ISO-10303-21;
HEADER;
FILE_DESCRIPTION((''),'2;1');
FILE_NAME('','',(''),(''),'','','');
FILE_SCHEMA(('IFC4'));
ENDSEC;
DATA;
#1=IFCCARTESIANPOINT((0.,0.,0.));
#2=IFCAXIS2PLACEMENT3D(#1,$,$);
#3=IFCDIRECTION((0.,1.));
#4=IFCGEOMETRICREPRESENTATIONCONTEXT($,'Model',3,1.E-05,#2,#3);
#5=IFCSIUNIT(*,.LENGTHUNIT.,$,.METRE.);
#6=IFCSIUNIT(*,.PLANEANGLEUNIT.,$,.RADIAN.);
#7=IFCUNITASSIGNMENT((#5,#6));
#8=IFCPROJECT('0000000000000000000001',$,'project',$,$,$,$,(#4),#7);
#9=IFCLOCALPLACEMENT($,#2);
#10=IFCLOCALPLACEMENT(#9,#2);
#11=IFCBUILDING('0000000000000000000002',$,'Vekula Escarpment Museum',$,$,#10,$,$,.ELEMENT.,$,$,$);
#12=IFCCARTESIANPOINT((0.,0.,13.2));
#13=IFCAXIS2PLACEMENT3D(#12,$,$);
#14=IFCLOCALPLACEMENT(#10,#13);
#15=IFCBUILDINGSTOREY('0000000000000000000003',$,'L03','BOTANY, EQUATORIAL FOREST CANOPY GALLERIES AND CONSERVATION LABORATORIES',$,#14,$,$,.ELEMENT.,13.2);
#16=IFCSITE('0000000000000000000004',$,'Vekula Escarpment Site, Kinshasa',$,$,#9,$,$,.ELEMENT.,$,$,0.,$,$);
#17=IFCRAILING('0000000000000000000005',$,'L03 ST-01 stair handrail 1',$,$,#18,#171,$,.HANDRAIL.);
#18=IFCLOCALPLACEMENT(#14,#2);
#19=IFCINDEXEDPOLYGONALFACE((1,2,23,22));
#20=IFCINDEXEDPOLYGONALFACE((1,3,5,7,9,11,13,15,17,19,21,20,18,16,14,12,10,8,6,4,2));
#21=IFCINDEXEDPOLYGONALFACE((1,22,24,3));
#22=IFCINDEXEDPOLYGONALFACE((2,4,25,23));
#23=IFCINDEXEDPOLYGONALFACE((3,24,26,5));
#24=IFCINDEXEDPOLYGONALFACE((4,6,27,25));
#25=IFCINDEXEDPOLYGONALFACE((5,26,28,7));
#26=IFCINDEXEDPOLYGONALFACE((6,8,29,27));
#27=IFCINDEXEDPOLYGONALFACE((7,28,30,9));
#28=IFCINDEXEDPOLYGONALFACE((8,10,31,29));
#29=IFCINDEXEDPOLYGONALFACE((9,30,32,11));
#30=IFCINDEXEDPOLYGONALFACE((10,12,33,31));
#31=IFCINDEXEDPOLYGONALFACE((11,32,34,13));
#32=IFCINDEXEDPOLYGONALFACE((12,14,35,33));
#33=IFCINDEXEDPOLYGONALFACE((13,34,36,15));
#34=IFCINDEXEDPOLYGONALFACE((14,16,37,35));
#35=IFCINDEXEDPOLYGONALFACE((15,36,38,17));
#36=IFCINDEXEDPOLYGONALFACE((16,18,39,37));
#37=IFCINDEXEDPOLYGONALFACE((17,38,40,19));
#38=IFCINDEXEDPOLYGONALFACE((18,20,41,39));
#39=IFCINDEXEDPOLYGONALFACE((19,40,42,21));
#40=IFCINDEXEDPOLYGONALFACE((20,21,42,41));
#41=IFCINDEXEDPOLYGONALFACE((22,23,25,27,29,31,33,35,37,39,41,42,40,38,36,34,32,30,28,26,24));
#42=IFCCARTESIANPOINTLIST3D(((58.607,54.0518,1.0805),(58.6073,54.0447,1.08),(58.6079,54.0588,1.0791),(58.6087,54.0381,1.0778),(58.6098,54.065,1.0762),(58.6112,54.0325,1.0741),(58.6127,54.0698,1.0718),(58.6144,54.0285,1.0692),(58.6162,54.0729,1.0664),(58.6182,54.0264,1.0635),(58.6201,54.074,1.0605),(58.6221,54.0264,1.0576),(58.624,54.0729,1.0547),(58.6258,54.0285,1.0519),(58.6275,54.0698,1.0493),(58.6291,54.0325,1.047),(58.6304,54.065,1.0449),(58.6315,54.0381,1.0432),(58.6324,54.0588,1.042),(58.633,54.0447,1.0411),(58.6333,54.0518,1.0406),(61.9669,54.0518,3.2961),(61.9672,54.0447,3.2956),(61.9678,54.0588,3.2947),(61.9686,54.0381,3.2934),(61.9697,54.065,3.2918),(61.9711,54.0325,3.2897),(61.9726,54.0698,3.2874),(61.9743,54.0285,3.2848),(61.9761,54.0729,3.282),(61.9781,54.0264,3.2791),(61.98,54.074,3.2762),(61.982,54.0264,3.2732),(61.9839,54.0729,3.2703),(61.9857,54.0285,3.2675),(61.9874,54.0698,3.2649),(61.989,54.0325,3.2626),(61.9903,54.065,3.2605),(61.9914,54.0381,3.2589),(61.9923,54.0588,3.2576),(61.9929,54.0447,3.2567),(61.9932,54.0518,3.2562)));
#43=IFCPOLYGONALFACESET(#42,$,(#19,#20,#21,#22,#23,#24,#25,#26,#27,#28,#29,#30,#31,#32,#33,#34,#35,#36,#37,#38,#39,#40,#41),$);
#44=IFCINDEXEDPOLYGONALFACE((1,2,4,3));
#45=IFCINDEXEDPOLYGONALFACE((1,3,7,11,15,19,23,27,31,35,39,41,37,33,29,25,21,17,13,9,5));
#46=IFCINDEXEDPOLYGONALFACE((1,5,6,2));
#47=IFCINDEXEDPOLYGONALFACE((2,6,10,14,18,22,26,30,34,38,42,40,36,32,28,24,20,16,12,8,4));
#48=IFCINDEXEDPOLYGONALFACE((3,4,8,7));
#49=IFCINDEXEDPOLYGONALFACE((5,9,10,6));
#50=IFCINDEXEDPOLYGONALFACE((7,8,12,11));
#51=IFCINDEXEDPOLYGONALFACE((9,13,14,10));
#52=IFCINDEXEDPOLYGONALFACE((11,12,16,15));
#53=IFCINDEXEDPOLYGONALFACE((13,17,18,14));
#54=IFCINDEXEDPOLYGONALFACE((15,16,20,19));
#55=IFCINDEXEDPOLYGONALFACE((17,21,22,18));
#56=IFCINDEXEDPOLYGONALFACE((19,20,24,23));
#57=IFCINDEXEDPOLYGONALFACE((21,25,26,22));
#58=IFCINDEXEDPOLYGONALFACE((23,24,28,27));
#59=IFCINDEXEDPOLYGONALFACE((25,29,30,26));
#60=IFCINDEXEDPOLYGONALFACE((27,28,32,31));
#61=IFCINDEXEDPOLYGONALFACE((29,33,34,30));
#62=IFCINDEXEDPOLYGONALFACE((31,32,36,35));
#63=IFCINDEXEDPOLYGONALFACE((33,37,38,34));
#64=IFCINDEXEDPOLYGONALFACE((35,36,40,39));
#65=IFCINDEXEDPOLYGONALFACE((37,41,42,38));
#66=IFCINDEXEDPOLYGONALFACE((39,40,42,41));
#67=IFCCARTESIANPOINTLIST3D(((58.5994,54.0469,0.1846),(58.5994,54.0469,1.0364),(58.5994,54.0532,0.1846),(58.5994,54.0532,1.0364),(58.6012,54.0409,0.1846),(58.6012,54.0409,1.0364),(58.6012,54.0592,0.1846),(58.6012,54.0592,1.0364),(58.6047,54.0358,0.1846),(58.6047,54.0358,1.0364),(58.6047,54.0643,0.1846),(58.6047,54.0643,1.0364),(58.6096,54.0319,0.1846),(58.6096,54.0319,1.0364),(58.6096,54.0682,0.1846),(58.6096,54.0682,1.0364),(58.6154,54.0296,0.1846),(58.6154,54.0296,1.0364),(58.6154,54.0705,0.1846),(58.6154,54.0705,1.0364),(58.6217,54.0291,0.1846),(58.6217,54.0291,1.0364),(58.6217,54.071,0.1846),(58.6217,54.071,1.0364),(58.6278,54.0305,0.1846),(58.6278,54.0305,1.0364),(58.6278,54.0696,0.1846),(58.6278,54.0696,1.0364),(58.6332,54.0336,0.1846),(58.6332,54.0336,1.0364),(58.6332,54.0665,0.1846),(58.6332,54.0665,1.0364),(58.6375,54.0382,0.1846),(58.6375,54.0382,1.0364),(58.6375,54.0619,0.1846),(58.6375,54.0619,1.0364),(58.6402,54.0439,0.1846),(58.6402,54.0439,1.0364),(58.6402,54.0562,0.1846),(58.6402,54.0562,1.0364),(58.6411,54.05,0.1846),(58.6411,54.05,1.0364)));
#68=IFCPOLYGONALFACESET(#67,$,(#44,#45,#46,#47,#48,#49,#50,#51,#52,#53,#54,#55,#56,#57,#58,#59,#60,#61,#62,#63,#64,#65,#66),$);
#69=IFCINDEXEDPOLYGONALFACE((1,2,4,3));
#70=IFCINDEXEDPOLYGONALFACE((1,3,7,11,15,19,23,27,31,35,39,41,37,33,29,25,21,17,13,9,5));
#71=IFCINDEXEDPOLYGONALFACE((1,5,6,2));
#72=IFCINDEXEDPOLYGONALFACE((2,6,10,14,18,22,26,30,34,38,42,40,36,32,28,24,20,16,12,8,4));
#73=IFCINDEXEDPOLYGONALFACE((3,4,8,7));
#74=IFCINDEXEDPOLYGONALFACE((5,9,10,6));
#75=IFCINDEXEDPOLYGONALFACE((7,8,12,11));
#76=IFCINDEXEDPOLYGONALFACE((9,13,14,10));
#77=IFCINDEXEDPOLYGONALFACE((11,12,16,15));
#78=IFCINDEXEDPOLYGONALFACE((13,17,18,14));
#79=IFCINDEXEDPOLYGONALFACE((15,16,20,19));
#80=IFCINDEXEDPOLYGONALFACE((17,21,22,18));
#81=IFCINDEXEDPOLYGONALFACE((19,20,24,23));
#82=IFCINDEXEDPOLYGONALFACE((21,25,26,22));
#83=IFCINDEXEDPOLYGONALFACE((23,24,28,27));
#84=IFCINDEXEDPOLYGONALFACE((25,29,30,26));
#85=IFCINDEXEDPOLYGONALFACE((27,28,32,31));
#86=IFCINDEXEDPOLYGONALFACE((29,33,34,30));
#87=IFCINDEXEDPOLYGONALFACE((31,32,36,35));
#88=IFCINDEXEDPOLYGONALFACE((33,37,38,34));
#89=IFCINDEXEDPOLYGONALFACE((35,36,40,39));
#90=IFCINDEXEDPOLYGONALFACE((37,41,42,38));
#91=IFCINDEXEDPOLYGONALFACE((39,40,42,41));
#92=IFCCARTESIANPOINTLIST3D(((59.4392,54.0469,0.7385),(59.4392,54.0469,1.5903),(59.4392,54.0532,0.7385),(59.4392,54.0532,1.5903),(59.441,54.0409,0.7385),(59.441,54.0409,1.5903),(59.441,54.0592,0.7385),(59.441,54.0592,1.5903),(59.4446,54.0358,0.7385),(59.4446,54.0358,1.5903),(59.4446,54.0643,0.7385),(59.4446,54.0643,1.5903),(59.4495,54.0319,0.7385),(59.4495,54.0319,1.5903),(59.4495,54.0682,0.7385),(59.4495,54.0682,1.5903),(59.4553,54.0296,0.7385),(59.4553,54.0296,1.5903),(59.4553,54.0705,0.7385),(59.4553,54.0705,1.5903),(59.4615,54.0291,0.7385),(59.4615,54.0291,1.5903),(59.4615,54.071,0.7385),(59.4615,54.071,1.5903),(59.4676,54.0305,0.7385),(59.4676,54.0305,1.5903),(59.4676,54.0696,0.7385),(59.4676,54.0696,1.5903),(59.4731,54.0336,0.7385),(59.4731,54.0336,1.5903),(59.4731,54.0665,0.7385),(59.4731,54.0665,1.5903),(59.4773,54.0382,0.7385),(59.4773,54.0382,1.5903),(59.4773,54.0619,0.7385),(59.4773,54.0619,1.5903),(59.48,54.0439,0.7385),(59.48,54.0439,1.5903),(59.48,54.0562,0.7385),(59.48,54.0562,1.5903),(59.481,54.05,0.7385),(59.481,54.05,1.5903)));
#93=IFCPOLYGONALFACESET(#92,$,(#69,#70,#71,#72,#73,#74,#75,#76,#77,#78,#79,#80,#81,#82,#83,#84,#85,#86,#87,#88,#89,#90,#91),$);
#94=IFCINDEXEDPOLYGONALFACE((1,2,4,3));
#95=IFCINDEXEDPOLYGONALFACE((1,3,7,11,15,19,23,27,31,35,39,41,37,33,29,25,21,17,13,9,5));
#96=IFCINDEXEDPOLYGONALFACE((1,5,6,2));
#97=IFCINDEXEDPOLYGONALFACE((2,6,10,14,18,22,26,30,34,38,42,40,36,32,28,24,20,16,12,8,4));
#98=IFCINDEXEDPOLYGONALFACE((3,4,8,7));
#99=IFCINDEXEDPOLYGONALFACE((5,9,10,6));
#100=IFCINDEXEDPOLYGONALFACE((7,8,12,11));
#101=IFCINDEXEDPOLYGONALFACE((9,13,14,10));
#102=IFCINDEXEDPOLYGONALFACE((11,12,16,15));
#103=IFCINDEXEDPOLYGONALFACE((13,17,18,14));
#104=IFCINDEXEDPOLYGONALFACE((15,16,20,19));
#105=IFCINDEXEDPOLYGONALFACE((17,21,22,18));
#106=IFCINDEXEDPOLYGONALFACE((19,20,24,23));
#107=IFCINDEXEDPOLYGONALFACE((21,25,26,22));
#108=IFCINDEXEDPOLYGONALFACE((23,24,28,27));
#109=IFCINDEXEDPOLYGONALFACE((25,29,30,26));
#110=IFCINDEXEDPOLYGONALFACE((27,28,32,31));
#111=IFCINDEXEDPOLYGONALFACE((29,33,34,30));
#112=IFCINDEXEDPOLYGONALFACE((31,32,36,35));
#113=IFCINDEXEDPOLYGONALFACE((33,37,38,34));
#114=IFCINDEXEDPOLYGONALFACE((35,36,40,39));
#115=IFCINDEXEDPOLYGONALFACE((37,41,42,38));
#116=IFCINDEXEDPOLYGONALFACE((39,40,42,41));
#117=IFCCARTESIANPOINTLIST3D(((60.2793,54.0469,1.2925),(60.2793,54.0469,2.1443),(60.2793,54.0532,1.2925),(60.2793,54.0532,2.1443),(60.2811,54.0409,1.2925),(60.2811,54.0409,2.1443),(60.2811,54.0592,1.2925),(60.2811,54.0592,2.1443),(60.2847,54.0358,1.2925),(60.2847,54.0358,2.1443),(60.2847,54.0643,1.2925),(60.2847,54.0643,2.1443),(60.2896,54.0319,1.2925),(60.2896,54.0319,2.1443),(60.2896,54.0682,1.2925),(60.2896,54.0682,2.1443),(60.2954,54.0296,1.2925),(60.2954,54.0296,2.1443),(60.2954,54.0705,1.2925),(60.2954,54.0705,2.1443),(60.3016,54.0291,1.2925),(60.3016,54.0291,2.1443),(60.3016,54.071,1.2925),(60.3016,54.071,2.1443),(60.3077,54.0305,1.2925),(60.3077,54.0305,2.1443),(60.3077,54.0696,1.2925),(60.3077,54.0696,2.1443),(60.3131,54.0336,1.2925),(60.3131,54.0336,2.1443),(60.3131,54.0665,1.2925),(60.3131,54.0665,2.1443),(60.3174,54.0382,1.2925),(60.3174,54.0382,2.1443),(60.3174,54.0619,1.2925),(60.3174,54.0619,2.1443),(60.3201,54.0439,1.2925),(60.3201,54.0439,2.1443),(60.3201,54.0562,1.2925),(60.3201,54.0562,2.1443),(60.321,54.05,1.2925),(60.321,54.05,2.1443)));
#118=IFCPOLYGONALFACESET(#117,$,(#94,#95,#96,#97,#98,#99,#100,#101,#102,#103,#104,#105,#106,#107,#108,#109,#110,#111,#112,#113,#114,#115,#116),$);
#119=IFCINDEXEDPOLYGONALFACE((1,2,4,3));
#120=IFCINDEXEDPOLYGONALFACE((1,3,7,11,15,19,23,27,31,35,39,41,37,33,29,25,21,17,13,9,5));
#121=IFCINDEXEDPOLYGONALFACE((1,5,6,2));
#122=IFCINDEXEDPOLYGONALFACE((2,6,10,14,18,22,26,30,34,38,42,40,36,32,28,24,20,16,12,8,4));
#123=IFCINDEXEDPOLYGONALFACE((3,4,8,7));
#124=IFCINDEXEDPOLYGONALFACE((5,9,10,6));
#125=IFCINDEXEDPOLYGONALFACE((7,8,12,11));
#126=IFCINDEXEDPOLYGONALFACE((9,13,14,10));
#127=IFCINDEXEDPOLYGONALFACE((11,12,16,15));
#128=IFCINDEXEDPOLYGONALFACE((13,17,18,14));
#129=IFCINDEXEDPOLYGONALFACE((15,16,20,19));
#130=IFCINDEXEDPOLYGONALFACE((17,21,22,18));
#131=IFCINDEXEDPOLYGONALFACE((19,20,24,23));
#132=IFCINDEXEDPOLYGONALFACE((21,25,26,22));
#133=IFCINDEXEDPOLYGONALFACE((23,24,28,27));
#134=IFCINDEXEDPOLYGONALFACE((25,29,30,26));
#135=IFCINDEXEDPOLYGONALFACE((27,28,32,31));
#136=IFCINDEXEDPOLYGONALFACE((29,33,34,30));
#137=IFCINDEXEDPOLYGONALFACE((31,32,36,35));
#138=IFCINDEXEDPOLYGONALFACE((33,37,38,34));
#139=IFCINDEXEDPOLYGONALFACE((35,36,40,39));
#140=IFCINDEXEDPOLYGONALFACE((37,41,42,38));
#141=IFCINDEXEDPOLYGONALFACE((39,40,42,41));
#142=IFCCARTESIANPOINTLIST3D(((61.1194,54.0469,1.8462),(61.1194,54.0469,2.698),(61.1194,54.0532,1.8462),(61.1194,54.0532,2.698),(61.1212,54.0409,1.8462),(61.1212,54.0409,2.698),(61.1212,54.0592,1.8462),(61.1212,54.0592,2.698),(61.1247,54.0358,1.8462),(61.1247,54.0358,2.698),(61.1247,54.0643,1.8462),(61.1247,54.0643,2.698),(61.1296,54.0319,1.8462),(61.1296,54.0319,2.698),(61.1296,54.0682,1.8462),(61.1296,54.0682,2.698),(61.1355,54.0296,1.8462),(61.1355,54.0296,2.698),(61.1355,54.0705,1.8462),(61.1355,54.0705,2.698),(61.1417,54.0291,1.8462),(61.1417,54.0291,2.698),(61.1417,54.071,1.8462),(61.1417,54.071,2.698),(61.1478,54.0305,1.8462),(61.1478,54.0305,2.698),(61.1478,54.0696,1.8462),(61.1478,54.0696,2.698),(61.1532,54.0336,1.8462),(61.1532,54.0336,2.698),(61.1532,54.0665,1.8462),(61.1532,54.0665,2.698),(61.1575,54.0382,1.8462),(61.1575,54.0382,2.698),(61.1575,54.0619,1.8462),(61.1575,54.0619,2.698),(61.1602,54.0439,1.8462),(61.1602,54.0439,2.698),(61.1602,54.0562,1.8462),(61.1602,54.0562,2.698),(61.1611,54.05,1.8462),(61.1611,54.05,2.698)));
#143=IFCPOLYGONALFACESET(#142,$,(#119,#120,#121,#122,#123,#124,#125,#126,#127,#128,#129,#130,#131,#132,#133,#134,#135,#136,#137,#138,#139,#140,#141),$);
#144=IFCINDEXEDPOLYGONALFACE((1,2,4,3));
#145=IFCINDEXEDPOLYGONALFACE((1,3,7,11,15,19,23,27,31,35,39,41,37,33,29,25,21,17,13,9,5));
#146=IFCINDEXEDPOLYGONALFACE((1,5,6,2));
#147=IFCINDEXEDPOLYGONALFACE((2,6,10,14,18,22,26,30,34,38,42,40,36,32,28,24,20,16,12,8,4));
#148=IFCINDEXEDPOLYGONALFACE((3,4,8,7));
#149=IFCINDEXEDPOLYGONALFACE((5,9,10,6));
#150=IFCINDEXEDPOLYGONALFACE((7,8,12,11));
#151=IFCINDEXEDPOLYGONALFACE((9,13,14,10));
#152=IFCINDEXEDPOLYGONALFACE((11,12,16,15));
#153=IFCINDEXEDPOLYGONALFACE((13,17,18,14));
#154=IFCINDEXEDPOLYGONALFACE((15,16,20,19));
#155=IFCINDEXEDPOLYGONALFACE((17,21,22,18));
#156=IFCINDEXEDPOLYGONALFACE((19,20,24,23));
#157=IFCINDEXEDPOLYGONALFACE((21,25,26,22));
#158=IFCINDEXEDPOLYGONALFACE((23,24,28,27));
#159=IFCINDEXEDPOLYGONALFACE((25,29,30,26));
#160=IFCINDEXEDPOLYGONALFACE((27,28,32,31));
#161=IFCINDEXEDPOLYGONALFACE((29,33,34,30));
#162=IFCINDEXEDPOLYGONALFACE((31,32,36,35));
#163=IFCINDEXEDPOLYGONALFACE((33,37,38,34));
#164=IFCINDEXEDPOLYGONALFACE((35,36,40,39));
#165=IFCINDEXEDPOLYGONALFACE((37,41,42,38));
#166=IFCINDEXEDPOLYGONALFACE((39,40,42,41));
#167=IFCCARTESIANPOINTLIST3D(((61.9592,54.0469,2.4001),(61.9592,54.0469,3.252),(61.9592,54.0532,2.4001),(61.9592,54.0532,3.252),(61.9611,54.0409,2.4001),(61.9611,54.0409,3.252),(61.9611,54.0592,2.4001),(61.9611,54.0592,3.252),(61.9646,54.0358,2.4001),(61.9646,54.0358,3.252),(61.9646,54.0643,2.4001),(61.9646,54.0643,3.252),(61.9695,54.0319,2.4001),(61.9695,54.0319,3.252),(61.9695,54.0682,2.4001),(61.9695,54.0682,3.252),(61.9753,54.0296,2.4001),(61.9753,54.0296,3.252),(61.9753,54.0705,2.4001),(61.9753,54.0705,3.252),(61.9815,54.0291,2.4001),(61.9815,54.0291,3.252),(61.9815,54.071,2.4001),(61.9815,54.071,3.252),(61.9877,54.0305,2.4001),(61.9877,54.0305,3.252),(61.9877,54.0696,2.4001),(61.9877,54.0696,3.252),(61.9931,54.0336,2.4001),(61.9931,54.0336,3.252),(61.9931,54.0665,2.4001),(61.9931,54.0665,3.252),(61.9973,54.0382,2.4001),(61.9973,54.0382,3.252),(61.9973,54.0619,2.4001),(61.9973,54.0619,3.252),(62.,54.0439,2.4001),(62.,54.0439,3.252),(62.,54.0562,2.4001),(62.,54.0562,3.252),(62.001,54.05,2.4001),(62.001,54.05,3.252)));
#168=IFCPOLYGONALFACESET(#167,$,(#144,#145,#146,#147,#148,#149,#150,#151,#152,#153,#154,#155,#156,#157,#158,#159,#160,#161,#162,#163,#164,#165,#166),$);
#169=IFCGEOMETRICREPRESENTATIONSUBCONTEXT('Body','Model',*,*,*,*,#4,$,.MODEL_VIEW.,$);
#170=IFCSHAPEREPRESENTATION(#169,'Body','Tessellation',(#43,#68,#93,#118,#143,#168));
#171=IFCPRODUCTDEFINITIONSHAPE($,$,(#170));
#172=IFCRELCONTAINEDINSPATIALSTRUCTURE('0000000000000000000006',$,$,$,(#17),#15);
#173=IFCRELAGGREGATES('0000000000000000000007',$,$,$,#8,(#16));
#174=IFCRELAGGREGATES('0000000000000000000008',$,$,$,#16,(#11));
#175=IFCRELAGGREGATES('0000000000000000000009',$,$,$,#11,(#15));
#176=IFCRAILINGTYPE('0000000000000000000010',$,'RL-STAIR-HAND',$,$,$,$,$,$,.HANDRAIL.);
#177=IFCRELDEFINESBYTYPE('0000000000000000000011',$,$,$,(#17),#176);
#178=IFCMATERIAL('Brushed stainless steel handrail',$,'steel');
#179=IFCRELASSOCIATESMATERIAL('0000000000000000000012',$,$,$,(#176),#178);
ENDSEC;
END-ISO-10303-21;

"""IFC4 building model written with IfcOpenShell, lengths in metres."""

from ifc_helpers import new_model, si_unit, direction, frame, origin, origin_2d, place, context, subcontext, project, spatial, circle, extrude, material, type_object, element, save


model = new_model("IFC4")

# Units and contexts
model_context = context("Model", 3, precision=1e-05, world=origin(), true_north=direction((0.0, 1.0)))
body_context = subcontext(model_context, "Body", "Model", "MODEL_VIEW")
ifc_project = project(units=[si_unit("LENGTHUNIT", "METRE"), si_unit("PLANEANGLEUNIT", "RADIAN")], contexts=[model_context])

# Site, building, storey
site_placement = place(None, origin())
site = spatial("IfcSite", under=ifc_project, at=site_placement, Name="Vekula Escarpment Site, Kinshasa", CompositionType="ELEMENT", RefElevation=0.0)
building_placement = place(site_placement, origin())
building = spatial("IfcBuilding", under=site, at=building_placement, Name="Vekula Escarpment Museum", CompositionType="ELEMENT")
storey_placement = place(building_placement, frame((0.0, 0.0, 13.2)))
storey = spatial("IfcBuildingStorey", under=building, at=storey_placement, Name="L03", Description="BOTANY, EQUATORIAL FOREST CANOPY GALLERIES AND CONSERVATION LABORATORIES", CompositionType="ELEMENT", Elevation=13.2)

# Railing
ifc_material_1 = material(Name="Brushed stainless steel handrail", Category="steel")
railing_type_1 = type_object("IfcRailingType", Name="RL-STAIR-HAND", PredefinedType="HANDRAIL", material=ifc_material_1)
railing_1_placement = place(storey_placement, frame((58.6201, 54.05, 0.1846)))
element("IfcRailing", 1, at=railing_1_placement, inside=storey, type_object=railing_type_1, Name="L03 ST-01 stair handrail 1", PredefinedType="HANDRAIL", context=body_context, shape_type="SweptSolid", body=[
    extrude(circle(Radius=0.0239, at=origin_2d()), frame((0.0, 0.0, 0.876), z_axis=(0.83483, 0.0, 0.550508), x_axis=(0.0, 1.0, 0.0)), (0.0, 0.0, 1.0), 4.0247),
    extrude(circle(Radius=0.021, at=origin_2d()), origin(), (0.0, 0.0, 1.0), 0.8518),
    extrude(circle(Radius=0.021, at=origin_2d()), frame((0.8398, 0.0, 0.554)), (0.0, 0.0, 1.0), 0.8518),
    extrude(circle(Radius=0.021, at=origin_2d()), frame((1.6799, 0.0, 1.1079)), (0.0, 0.0, 1.0), 0.8518),
    extrude(circle(Radius=0.021, at=origin_2d()), frame((2.52, 0.0, 1.6616)), (0.0, 0.0, 1.0), 0.8518),
    extrude(circle(Radius=0.021, at=origin_2d()), frame((3.3599, 0.0, 2.2156)), (0.0, 0.0, 1.0), 0.8518),
])

save(model, "model.ifc")
